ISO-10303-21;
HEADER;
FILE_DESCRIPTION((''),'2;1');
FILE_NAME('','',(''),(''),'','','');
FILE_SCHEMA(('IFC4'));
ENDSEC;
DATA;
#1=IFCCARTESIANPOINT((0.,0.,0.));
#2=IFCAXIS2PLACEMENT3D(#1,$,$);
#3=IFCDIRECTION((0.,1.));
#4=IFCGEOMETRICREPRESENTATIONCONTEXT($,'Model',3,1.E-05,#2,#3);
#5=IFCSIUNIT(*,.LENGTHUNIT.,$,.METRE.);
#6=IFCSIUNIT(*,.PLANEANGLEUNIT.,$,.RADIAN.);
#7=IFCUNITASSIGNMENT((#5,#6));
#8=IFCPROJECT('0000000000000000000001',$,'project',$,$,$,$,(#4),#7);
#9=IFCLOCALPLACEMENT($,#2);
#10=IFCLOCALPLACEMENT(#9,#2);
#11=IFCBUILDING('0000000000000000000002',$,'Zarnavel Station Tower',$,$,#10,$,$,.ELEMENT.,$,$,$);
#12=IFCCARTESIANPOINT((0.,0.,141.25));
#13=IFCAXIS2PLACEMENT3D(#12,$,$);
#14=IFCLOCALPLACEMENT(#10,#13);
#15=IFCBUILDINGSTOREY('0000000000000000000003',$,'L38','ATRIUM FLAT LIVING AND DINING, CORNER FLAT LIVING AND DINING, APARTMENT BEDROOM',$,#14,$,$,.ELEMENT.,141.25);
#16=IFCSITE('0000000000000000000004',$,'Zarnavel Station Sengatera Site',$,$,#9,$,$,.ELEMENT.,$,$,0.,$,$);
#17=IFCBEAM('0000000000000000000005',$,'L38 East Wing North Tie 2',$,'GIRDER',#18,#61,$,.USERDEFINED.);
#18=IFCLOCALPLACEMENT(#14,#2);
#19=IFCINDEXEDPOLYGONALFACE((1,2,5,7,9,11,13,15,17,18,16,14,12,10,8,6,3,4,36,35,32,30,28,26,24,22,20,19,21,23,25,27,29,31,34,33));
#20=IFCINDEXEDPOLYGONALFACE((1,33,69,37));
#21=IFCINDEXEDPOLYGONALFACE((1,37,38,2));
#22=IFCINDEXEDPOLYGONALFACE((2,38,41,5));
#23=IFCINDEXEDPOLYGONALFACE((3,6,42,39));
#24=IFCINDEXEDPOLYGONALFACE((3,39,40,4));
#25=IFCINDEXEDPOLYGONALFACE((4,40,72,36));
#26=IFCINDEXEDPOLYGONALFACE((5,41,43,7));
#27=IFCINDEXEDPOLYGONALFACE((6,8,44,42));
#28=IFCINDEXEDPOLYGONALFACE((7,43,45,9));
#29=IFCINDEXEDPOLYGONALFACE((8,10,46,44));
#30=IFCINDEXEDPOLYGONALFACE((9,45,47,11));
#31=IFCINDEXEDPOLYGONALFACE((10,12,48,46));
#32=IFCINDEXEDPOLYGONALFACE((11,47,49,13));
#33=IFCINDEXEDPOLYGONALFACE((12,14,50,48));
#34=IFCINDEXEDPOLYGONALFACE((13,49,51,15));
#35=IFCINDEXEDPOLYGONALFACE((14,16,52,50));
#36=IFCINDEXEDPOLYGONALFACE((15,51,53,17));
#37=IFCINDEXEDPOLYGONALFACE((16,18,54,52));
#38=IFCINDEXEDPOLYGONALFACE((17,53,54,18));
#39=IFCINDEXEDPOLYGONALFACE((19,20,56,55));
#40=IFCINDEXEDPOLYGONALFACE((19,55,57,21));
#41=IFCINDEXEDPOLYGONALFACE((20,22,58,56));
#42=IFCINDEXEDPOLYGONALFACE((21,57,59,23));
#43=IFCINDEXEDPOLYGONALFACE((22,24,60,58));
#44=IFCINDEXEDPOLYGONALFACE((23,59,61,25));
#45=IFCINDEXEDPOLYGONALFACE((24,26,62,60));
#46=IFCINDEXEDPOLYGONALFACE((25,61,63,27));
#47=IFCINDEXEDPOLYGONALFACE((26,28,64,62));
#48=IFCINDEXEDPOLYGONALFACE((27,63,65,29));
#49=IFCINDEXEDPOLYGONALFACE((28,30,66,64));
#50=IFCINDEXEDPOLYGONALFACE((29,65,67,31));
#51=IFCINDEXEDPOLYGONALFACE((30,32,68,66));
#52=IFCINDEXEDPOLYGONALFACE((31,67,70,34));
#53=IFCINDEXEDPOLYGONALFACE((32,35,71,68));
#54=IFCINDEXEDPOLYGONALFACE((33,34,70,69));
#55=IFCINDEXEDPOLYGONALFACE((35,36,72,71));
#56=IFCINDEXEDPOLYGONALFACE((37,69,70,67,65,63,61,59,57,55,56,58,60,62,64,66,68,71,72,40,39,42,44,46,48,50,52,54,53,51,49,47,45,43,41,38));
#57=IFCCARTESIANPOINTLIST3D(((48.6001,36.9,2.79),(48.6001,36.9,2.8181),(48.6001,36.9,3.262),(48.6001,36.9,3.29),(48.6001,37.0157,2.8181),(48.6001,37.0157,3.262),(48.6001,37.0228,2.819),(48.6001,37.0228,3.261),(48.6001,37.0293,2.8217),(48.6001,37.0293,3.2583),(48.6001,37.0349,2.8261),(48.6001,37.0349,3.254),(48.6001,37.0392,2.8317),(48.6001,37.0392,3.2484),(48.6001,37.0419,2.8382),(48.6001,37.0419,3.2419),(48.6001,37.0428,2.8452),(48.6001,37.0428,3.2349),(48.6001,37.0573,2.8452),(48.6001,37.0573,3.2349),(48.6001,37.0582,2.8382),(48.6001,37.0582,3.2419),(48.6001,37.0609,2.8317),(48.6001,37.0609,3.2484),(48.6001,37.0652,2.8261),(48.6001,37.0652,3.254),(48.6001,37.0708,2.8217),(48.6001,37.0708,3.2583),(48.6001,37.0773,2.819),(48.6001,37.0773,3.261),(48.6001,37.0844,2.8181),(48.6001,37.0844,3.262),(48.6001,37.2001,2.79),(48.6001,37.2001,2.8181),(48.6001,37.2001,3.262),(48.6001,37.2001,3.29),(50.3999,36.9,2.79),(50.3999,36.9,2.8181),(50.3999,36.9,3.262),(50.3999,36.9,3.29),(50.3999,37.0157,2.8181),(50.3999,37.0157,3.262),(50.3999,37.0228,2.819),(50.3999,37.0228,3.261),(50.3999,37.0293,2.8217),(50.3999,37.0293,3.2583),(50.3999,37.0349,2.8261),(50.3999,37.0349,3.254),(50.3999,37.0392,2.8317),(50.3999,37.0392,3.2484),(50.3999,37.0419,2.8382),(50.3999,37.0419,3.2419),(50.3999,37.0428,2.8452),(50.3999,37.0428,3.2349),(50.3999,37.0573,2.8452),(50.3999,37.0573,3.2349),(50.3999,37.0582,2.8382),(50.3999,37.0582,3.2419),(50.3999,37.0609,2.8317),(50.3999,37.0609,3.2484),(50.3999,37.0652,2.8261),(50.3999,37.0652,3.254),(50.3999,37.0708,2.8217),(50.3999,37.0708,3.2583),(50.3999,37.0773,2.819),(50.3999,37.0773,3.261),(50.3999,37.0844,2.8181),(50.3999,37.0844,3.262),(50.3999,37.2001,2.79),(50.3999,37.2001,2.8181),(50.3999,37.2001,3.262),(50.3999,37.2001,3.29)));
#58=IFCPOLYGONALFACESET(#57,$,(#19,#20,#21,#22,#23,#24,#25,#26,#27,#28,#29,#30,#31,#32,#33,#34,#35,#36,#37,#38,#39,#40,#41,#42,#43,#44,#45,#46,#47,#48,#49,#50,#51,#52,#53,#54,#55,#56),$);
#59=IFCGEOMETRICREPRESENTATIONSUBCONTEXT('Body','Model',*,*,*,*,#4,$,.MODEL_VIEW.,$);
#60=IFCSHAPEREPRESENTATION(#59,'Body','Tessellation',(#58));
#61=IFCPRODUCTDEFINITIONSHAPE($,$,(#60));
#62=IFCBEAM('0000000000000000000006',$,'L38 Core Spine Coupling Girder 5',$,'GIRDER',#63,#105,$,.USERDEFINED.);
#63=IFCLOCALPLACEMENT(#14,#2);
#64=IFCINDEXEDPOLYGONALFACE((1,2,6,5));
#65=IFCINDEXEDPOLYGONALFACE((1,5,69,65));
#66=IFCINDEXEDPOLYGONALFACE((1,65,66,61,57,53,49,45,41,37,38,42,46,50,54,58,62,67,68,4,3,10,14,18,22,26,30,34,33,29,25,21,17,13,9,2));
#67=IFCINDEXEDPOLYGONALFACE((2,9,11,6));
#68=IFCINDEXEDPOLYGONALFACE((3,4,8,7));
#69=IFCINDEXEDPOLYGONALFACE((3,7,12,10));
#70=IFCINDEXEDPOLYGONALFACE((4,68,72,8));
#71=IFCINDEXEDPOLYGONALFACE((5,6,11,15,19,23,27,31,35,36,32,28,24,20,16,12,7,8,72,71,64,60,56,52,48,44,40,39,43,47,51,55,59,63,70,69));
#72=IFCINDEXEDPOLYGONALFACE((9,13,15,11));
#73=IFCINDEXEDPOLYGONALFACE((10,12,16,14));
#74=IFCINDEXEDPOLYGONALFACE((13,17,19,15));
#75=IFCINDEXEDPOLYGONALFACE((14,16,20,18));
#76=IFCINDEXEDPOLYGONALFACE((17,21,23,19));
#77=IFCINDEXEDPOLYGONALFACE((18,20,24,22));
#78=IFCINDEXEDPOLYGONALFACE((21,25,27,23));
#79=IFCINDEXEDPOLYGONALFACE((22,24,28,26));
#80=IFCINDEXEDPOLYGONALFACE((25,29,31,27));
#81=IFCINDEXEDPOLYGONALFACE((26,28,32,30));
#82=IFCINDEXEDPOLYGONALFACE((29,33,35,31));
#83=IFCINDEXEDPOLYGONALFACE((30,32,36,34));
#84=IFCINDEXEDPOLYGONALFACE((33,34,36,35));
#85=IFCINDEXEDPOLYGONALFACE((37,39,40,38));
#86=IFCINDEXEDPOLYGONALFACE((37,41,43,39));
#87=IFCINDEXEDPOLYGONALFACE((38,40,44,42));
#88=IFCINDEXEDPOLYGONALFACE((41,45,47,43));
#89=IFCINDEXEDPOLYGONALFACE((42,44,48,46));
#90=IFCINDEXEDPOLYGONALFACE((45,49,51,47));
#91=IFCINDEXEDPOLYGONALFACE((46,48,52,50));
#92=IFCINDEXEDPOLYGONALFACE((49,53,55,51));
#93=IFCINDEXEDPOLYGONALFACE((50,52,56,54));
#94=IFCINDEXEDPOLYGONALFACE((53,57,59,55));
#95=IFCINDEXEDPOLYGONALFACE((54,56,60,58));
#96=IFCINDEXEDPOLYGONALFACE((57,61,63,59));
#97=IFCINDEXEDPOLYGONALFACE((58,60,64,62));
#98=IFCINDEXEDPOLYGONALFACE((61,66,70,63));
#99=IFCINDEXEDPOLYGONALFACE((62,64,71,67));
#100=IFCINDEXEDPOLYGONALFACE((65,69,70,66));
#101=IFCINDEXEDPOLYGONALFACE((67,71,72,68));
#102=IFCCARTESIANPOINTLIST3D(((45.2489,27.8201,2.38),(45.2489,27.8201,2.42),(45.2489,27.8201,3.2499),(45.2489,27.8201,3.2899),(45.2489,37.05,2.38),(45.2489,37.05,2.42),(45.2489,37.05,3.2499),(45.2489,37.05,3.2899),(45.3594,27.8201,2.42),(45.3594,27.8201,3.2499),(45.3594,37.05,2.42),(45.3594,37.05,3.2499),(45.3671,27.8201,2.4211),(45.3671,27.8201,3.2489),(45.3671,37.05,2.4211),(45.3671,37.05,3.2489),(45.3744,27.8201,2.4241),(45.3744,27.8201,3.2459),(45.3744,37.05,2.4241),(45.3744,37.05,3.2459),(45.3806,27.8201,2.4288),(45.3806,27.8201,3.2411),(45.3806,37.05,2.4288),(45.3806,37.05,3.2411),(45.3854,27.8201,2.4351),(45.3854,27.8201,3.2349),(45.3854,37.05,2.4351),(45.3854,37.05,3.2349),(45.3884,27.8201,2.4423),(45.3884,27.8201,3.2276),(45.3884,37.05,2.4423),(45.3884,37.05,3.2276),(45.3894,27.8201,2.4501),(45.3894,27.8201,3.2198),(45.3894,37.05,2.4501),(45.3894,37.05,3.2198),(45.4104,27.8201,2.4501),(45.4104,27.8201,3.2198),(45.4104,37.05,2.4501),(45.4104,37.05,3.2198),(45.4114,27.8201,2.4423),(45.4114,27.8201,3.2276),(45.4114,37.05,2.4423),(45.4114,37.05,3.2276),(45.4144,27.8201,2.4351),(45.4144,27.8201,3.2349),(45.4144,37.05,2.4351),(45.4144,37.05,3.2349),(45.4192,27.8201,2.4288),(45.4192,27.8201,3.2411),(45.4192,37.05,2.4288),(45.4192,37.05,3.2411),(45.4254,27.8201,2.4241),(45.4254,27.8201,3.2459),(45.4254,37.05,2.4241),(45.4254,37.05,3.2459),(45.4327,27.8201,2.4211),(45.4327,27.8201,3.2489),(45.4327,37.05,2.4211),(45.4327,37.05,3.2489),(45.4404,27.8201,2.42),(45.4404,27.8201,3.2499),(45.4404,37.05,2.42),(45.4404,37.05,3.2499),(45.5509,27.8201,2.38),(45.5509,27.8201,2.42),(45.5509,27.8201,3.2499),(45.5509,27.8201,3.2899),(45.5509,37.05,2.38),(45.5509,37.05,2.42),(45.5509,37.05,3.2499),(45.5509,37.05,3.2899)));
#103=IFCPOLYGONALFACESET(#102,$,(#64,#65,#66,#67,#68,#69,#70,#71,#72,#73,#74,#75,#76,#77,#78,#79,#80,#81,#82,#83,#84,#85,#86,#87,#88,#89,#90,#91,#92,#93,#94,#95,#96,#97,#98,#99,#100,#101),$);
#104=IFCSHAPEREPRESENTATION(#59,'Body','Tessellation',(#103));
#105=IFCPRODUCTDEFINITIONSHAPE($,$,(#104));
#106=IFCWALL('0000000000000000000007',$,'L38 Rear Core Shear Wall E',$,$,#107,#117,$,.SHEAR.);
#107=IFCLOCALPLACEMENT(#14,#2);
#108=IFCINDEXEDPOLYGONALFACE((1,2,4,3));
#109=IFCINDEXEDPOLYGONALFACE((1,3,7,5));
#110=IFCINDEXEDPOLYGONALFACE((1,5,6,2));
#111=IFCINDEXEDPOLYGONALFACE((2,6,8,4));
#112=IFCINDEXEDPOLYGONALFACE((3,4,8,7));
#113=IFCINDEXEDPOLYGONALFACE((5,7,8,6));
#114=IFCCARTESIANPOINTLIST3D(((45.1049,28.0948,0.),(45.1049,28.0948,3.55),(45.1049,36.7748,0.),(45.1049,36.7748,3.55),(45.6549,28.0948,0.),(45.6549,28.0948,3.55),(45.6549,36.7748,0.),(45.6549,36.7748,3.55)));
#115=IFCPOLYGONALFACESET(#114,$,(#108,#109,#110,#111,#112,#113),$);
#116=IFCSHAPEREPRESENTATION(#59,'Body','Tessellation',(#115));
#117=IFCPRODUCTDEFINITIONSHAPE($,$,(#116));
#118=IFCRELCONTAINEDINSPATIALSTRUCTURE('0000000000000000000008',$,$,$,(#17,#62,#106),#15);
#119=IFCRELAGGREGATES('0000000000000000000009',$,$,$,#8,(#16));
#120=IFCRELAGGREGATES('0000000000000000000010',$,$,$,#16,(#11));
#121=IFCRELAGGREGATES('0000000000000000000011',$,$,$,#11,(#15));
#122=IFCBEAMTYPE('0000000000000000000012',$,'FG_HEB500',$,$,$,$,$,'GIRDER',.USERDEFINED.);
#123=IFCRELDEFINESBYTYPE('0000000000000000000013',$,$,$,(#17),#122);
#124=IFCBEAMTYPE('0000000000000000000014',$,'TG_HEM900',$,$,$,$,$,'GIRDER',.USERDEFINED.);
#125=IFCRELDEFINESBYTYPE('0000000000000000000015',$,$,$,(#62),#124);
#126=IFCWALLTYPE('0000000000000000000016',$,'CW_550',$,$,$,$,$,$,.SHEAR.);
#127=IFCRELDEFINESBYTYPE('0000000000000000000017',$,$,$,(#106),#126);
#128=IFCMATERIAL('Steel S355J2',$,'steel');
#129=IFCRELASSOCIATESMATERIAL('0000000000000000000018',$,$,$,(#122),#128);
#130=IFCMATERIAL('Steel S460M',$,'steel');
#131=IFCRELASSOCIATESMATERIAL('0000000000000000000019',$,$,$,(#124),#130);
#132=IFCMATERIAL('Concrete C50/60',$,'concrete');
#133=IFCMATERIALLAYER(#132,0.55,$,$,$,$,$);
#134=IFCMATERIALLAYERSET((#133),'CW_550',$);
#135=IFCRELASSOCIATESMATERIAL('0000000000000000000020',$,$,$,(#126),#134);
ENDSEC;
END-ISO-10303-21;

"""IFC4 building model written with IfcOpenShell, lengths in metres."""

from ifc_helpers import new_model, si_unit, direction, frame, frame_2d, origin, origin_2d, place, context, subcontext, project, spatial, rectangle, i_section, extrude, material, layer, layer_set, material_profile, profile_set, type_object, element, save


model = new_model("IFC4")

# Units and contexts
model_context = context("Model", 3, precision=1e-05, world=origin(), true_north=direction((0.0, 1.0)))
body_context = subcontext(model_context, "Body", "Model", "MODEL_VIEW")
ifc_project = project(units=[si_unit("LENGTHUNIT", "METRE"), si_unit("PLANEANGLEUNIT", "RADIAN")], contexts=[model_context])

# Site, building, storey
site_placement = place(None, origin())
site = spatial("IfcSite", under=ifc_project, at=site_placement, Name="Zarnavel Station Sengatera Site", CompositionType="ELEMENT", RefElevation=0.0)
building_placement = place(site_placement, origin())
building = spatial("IfcBuilding", under=site, at=building_placement, Name="Zarnavel Station Tower", CompositionType="ELEMENT")
storey_placement = place(building_placement, frame((0.0, 0.0, 141.25)))
storey = spatial("IfcBuildingStorey", under=building, at=storey_placement, Name="L38", Description="ATRIUM FLAT LIVING AND DINING, CORNER FLAT LIVING AND DINING, APARTMENT BEDROOM", CompositionType="ELEMENT", Elevation=141.25)

# Beams
ifc_material_1 = material(Name="Steel S355J2", Category="steel")
ifc_material_profile_1 = material_profile(ifc_material_1, i_section(OverallWidth=0.3, OverallDepth=0.5, WebThickness=0.0144, FlangeThickness=0.0281, FilletRadius=0.0271, at=origin_2d()), Name="HEB500")
ifc_profile_set_1 = profile_set([ifc_material_profile_1], Name="Steel S355J2")
beam_type_1 = type_object("IfcBeamType", Name="FG_HEB500", ElementType="GIRDER", PredefinedType="USERDEFINED", material=ifc_profile_set_1)
beam_1_placement = place(storey_placement, frame((48.6001, 37.05, 3.04), z_axis=(1.0, 0.0, 0.0), x_axis=(0.0, 1.0, 0.0)))
element("IfcBeam", 1, at=beam_1_placement, inside=storey, type_object=beam_type_1, Name="L38 East Wing North Tie 2", ObjectType="GIRDER", PredefinedType="USERDEFINED", context=body_context, shape_type="SweptSolid", body=[
    extrude(i_section(OverallWidth=0.3, OverallDepth=0.5, WebThickness=0.0144, FlangeThickness=0.0281, FilletRadius=0.0271, at=origin_2d()), origin(), (0.0, 0.0, 1.0), 1.7998),
])
ifc_material_2 = material(Name="Steel S460M", Category="steel")
ifc_material_profile_2 = material_profile(ifc_material_2, i_section(OverallWidth=0.302, OverallDepth=0.9099, WebThickness=0.021, FlangeThickness=0.04, FilletRadius=0.03, at=origin_2d()), Name="HEM900")
ifc_profile_set_2 = profile_set([ifc_material_profile_2], Name="Steel S460M")
beam_type_2 = type_object("IfcBeamType", Name="TG_HEM900", ElementType="GIRDER", PredefinedType="USERDEFINED", material=ifc_profile_set_2)
beam_2_placement = place(storey_placement, frame((45.3999, 27.8201, 2.835), z_axis=(0.0, 1.0, 0.0), x_axis=(-1.0, 0.0, 0.0)))
element("IfcBeam", 2, at=beam_2_placement, inside=storey, type_object=beam_type_2, Name="L38 Core Spine Coupling Girder 5", ObjectType="GIRDER", PredefinedType="USERDEFINED", context=body_context, shape_type="SweptSolid", body=[
    extrude(i_section(OverallWidth=0.302, OverallDepth=0.9099, WebThickness=0.021, FlangeThickness=0.04, FilletRadius=0.03, at=origin_2d()), origin(), (0.0, 0.0, 1.0), 9.23),
])

# Wall
ifc_material_3 = material(Name="Concrete C50/60", Category="concrete")
ifc_layer_1 = layer(ifc_material_3, 0.55)
ifc_layer_set_1 = layer_set([ifc_layer_1], Name="CW_550")
wall_type_1 = type_object("IfcWallType", Name="CW_550", PredefinedType="SHEAR", material=ifc_layer_set_1)
wall_1_placement = place(storey_placement, frame((45.3799, 28.095, 0.0), z_axis=(0.0, 0.0, 1.0), x_axis=(0.0, 1.0, 0.0)))
element("IfcWall", 3, at=wall_1_placement, inside=storey, type_object=wall_type_1, Name="L38 Rear Core Shear Wall E", PredefinedType="SHEAR", context=body_context, shape_type="SweptSolid", body=[
    extrude(rectangle(XDim=8.6799, YDim=0.55, at=frame_2d((4.3398, 0.0))), origin(), (0.0, 0.0, 1.0), 3.55),
])

save(model, "model.ifc")
